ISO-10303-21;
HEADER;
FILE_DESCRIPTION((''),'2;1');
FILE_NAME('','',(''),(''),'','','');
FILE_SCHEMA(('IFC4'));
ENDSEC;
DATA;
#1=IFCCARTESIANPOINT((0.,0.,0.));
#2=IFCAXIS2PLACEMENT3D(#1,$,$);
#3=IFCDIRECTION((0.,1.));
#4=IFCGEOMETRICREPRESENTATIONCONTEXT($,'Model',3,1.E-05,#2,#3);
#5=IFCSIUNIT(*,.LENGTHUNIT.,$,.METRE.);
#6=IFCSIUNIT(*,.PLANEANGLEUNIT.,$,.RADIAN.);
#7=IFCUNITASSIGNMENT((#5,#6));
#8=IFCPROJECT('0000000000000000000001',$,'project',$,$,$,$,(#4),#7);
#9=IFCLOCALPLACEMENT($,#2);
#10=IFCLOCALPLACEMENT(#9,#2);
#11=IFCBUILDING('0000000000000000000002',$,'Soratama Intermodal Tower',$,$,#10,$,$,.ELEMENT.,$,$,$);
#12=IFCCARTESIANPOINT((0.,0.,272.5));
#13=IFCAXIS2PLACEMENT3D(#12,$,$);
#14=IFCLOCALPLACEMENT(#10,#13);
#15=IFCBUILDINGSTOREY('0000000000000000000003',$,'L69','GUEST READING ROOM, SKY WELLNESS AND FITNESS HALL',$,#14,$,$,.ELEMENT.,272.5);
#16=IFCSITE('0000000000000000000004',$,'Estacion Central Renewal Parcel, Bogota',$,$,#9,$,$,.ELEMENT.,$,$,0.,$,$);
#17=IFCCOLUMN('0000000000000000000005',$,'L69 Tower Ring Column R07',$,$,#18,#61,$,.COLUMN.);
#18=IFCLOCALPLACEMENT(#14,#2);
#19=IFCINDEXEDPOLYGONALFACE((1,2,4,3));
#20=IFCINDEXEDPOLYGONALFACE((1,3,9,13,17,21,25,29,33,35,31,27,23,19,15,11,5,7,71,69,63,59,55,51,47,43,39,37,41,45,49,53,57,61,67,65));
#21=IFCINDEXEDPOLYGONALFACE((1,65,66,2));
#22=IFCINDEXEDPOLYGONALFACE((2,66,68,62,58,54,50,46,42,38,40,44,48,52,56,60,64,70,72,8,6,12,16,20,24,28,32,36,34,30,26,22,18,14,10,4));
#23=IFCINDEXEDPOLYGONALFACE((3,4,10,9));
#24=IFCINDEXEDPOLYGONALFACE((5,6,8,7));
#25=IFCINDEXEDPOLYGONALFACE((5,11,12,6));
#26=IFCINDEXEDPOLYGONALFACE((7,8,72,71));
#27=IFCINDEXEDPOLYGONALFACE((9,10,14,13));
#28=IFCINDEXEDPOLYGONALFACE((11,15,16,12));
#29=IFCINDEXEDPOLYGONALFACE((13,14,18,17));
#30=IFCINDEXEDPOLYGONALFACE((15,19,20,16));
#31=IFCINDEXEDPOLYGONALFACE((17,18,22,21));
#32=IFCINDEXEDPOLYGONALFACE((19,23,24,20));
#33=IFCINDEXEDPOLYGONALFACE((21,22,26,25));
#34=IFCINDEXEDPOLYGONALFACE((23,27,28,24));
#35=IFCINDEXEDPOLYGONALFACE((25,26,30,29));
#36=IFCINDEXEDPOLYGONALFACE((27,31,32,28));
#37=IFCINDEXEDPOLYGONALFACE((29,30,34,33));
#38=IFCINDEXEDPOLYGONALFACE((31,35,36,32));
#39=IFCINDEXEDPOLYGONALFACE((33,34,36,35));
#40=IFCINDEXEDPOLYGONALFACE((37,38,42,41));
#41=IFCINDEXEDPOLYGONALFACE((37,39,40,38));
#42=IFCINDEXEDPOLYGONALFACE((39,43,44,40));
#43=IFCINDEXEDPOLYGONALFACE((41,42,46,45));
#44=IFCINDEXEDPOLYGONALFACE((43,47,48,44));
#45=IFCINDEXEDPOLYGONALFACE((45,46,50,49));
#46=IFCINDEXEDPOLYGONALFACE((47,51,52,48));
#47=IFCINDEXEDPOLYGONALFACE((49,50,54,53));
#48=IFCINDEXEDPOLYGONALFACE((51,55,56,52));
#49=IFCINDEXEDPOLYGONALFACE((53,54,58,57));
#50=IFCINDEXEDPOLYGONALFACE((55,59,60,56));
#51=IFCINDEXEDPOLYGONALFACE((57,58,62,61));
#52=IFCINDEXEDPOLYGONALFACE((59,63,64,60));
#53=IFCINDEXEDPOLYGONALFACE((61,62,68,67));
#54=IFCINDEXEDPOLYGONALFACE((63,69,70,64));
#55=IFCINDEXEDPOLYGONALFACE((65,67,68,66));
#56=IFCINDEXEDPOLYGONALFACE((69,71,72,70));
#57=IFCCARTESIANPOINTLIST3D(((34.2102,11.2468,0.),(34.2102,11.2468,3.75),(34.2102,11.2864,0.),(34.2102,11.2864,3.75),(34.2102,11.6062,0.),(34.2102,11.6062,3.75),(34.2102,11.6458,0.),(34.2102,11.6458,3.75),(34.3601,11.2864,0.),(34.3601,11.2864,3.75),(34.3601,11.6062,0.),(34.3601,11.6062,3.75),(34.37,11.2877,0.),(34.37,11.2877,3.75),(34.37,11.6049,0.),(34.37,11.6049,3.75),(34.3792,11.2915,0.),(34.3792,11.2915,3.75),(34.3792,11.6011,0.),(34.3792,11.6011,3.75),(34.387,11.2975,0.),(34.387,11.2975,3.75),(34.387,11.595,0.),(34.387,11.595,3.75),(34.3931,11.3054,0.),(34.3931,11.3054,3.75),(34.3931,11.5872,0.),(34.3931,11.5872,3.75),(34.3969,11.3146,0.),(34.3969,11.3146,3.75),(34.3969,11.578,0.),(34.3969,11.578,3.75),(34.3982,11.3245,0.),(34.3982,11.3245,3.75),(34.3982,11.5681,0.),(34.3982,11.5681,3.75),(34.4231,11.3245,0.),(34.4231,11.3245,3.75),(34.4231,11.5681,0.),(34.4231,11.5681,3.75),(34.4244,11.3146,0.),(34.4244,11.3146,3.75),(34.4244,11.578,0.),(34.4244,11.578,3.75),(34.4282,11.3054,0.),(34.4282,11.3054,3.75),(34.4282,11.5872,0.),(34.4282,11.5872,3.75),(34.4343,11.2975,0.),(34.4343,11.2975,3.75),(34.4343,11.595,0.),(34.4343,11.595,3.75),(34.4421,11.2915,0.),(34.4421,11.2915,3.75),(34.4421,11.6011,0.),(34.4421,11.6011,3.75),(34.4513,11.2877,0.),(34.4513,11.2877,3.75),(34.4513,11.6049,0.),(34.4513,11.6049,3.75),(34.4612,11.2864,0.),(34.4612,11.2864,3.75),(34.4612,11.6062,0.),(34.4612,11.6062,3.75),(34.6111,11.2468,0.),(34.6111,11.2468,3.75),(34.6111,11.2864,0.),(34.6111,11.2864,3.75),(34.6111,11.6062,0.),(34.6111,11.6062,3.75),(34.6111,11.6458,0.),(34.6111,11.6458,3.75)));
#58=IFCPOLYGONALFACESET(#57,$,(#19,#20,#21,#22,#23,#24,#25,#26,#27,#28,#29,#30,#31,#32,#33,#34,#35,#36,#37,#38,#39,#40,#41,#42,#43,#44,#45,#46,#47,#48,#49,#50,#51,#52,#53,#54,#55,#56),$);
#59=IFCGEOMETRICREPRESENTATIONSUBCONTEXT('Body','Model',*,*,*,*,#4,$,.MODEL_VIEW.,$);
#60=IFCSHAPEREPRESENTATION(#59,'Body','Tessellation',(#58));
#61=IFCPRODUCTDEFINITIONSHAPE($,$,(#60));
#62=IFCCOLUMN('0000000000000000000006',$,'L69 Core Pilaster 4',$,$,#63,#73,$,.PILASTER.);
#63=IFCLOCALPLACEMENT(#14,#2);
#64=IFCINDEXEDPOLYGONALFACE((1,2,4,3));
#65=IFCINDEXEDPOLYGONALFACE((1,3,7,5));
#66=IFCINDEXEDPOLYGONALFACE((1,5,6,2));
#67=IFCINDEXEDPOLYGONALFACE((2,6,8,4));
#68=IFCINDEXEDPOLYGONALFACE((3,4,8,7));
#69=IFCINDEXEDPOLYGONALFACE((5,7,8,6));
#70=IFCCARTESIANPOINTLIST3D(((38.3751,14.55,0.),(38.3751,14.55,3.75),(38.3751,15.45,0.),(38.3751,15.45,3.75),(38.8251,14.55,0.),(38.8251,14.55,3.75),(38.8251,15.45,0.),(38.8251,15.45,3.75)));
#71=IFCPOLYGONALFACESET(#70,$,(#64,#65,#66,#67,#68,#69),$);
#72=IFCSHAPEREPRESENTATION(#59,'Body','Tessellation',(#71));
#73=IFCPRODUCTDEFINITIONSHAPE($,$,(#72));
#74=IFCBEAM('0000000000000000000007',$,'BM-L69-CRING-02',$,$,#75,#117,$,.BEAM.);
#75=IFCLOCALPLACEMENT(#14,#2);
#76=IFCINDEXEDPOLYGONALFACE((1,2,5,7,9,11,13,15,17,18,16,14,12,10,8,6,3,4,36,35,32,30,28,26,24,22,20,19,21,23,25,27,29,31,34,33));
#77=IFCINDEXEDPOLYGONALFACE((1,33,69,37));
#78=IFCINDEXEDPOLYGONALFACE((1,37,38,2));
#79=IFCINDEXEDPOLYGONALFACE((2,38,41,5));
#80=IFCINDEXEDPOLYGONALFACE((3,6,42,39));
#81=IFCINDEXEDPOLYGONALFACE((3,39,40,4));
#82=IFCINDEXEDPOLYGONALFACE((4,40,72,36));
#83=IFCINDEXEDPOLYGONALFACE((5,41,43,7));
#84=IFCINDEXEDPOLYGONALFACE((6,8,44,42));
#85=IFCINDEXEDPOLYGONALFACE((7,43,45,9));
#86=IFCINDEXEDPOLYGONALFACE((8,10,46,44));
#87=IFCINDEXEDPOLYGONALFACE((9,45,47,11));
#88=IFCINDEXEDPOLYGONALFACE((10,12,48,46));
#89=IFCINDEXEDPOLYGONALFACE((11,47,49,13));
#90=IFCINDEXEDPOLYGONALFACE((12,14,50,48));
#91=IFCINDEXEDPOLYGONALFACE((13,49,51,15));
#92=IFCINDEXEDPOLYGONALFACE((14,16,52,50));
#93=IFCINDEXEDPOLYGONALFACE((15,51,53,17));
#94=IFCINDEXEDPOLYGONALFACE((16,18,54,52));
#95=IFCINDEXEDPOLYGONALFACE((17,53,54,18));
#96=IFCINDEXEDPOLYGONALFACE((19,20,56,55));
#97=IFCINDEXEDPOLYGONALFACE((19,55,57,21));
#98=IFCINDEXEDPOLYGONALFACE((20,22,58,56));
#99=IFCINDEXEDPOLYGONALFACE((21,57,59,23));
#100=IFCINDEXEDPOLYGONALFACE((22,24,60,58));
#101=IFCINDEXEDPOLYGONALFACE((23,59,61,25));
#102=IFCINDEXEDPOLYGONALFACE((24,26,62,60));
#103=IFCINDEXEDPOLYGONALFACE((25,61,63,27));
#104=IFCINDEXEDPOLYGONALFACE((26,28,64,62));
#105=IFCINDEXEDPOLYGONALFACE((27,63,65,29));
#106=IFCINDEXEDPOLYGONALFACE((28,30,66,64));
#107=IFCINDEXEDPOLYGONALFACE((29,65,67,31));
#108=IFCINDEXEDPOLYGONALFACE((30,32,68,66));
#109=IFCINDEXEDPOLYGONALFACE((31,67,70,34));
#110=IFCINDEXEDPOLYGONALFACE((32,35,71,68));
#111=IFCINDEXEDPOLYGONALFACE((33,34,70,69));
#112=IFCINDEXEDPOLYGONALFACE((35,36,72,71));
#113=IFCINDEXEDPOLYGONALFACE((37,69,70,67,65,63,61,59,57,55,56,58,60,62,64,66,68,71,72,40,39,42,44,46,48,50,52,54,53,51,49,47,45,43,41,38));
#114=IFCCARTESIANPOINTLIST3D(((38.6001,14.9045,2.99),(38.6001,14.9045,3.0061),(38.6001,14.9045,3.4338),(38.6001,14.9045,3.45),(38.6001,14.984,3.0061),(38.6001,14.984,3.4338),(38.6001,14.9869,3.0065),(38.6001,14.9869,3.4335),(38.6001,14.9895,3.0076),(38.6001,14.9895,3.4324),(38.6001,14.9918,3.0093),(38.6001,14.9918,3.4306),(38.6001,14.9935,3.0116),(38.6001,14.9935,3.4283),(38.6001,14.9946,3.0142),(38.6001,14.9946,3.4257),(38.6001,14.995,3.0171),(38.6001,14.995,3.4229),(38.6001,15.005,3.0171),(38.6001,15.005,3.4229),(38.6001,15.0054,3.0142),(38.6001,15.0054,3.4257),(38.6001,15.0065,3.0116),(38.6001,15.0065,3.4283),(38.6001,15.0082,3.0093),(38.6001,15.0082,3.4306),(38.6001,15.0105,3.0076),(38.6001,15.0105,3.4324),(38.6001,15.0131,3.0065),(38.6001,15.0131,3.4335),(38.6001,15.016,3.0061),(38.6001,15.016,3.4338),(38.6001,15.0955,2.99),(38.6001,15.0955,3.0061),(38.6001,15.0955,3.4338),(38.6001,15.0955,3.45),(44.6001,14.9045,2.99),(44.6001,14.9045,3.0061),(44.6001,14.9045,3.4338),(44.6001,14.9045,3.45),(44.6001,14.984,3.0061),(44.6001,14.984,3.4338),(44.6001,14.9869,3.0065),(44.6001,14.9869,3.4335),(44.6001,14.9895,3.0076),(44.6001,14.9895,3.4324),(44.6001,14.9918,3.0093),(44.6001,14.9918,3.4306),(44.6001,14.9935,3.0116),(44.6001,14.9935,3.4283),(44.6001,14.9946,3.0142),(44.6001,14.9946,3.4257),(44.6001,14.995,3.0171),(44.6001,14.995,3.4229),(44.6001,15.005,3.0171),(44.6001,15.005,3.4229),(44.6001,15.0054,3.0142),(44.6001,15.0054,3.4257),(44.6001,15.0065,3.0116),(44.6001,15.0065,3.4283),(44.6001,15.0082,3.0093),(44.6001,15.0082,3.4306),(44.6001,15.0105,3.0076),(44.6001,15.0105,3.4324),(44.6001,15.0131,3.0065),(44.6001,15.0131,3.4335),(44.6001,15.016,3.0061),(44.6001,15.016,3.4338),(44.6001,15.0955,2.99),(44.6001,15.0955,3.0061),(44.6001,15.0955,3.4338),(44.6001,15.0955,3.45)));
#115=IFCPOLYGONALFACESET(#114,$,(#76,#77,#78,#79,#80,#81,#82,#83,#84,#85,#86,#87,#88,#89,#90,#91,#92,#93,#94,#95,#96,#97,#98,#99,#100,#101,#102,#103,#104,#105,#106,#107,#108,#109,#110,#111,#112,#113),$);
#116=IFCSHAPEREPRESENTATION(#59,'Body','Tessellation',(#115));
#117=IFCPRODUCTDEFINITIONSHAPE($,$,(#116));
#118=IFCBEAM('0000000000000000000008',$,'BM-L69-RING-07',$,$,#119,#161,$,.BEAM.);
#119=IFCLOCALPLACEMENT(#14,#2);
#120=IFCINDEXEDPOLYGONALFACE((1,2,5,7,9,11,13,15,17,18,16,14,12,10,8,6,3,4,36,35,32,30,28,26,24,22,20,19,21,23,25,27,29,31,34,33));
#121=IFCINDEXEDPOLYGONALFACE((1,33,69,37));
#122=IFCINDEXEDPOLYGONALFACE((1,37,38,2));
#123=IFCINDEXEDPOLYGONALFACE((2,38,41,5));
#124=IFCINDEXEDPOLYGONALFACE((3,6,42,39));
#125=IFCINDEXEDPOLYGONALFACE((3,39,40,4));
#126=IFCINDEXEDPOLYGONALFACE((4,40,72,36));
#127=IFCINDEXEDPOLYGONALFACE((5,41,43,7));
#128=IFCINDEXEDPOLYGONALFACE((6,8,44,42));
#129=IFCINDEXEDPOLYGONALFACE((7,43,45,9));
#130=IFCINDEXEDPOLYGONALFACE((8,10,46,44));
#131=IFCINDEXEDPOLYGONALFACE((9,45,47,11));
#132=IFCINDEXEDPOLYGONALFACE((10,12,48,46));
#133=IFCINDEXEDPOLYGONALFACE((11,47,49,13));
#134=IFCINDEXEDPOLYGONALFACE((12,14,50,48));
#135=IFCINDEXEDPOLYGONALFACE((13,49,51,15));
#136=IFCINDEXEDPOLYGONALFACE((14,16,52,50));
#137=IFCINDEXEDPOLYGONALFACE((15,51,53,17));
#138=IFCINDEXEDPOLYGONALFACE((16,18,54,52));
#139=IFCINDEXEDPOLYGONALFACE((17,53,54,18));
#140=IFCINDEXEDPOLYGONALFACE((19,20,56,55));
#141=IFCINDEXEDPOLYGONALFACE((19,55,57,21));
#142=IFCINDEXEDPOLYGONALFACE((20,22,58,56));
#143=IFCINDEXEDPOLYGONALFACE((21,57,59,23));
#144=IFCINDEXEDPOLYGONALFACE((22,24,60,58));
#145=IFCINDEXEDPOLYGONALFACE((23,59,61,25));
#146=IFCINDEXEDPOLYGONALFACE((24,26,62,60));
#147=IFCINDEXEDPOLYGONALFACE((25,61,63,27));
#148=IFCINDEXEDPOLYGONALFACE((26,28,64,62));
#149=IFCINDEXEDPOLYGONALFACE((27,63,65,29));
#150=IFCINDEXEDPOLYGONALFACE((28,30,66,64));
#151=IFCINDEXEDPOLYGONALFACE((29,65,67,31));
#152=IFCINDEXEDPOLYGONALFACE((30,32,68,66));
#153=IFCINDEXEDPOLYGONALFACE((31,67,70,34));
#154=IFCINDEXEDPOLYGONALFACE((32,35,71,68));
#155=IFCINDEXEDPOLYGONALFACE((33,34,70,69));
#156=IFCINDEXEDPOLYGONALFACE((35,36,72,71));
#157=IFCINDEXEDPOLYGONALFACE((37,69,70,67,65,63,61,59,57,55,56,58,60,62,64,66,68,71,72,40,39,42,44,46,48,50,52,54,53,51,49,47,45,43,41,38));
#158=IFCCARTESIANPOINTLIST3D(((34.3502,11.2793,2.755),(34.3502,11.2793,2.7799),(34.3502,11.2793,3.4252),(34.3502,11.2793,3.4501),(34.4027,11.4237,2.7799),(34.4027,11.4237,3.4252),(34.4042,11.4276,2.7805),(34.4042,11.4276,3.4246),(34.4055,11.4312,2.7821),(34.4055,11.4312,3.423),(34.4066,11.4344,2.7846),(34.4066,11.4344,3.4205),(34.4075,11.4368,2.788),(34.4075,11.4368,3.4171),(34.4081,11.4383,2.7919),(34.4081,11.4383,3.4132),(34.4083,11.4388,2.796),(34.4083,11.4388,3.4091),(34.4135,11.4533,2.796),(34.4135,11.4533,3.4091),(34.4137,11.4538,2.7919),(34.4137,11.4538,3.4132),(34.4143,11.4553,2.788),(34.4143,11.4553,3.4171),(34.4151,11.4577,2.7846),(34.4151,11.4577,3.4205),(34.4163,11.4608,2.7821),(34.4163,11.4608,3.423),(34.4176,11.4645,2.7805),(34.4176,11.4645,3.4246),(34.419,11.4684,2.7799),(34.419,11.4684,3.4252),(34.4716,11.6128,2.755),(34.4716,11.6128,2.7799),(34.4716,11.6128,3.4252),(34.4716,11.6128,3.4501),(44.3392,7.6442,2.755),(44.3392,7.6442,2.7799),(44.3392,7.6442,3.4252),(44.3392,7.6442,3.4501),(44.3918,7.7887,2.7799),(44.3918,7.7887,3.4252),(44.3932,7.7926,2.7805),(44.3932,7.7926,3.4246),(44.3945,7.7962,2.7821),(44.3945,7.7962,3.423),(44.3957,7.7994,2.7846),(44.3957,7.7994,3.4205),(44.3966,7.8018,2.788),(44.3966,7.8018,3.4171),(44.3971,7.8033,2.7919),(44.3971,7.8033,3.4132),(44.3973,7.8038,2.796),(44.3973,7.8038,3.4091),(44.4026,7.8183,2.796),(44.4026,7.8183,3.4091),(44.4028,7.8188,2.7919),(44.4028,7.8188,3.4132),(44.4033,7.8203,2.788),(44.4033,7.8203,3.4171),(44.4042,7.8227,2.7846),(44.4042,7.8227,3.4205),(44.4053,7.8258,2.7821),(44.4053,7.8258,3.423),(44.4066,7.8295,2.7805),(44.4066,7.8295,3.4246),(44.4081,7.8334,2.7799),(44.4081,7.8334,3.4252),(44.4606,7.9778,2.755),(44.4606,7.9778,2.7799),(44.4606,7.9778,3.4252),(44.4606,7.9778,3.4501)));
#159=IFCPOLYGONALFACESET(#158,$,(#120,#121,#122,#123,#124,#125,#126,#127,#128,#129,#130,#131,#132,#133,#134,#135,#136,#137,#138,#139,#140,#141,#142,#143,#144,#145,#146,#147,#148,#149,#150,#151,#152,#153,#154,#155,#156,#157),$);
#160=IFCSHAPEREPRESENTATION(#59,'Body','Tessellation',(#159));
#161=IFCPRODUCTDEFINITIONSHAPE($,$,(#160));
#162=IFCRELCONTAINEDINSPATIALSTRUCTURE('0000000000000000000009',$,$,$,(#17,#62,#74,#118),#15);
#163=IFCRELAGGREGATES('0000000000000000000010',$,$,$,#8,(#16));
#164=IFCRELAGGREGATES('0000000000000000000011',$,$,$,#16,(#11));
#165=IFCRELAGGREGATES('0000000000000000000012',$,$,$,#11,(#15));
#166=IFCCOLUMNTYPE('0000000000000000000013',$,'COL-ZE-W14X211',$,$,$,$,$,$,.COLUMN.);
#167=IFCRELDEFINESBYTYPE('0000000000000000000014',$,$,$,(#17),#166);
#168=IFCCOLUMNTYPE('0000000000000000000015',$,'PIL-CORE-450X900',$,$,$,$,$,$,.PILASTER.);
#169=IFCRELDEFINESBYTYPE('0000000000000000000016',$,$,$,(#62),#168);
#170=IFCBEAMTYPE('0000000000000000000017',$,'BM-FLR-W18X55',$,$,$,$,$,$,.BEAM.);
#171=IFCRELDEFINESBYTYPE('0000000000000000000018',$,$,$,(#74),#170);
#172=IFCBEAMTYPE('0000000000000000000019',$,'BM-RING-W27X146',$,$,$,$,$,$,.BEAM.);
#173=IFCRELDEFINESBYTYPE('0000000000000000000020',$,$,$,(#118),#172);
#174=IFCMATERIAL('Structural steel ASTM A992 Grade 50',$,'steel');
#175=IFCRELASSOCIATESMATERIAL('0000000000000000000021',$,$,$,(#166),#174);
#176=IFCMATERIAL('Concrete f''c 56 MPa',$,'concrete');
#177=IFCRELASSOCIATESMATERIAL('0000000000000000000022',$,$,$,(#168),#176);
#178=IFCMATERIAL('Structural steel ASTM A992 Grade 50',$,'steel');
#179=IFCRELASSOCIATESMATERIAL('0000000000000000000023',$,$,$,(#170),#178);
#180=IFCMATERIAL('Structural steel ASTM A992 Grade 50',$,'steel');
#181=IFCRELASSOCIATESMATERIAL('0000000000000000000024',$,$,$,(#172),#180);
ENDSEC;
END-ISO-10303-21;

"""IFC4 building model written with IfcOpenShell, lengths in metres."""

from ifc_helpers import new_model, si_unit, direction, frame, origin, origin_2d, place, context, subcontext, project, spatial, rectangle, i_section, extrude, material, material_profile, profile_set, type_object, element, save


model = new_model("IFC4")

# Units and contexts
model_context = context("Model", 3, precision=1e-05, world=origin(), true_north=direction((0.0, 1.0)))
body_context = subcontext(model_context, "Body", "Model", "MODEL_VIEW")
ifc_project = project(units=[si_unit("LENGTHUNIT", "METRE"), si_unit("PLANEANGLEUNIT", "RADIAN")], contexts=[model_context])

# Site, building, storey
site_placement = place(None, origin())
site = spatial("IfcSite", under=ifc_project, at=site_placement, Name="Estacion Central Renewal Parcel, Bogota", CompositionType="ELEMENT", RefElevation=0.0)
building_placement = place(site_placement, origin())
building = spatial("IfcBuilding", under=site, at=building_placement, Name="Soratama Intermodal Tower", CompositionType="ELEMENT")
storey_placement = place(building_placement, frame((0.0, 0.0, 272.5)))
storey = spatial("IfcBuildingStorey", under=building, at=storey_placement, Name="L69", Description="GUEST READING ROOM, SKY WELLNESS AND FITNESS HALL", CompositionType="ELEMENT", Elevation=272.5)

# Columns
ifc_material_1 = material(Name="Structural steel ASTM A992 Grade 50", Category="steel")
ifc_material_profile_1 = material_profile(ifc_material_1, i_section(OverallWidth=0.4009, OverallDepth=0.3989, WebThickness=0.0249, FlangeThickness=0.0396, FilletRadius=0.0381, at=origin_2d()), Name="W14X211")
ifc_profile_set_1 = profile_set([ifc_material_profile_1], Name="Structural steel ASTM A992 Grade 50")
column_type_1 = type_object("IfcColumnType", Name="COL-ZE-W14X211", PredefinedType="COLUMN", material=ifc_profile_set_1)
column_1_placement = place(storey_placement, frame((34.4106, 11.4463, 0.0), z_axis=(0.0, 0.0, 1.0), x_axis=(1.0, 0.0, 0.0)))
element("IfcColumn", 1, at=column_1_placement, inside=storey, type_object=column_type_1, Name="L69 Tower Ring Column R07", PredefinedType="COLUMN", context=body_context, shape_type="SweptSolid", body=[
    extrude(i_section(OverallWidth=0.4009, OverallDepth=0.3989, WebThickness=0.0249, FlangeThickness=0.0396, FilletRadius=0.0381, at=origin_2d()), origin(), (0.0, 0.0, 1.0), 3.75),
])
ifc_material_2 = material(Name="Concrete f'c 56 MPa", Category="concrete")
ifc_material_profile_2 = material_profile(ifc_material_2, rectangle(XDim=0.45, YDim=0.8999, at=origin_2d()), Name="RC450X900")
ifc_profile_set_2 = profile_set([ifc_material_profile_2], Name="Concrete f'c 56 MPa")
column_type_2 = type_object("IfcColumnType", Name="PIL-CORE-450X900", PredefinedType="PILASTER", material=ifc_profile_set_2)
column_2_placement = place(storey_placement, frame((38.6001, 15.0, 0.0), z_axis=(0.0, 0.0, 1.0), x_axis=(1.0, 0.0, 0.0)))
element("IfcColumn", 2, at=column_2_placement, inside=storey, type_object=column_type_2, Name="L69 Core Pilaster 4", PredefinedType="PILASTER", context=body_context, shape_type="SweptSolid", body=[
    extrude(rectangle(XDim=0.45, YDim=0.8999, at=origin_2d()), origin(), (0.0, 0.0, 1.0), 3.75),
])

# Beams
ifc_material_3 = material(Name="Structural steel ASTM A992 Grade 50", Category="steel")
ifc_material_profile_3 = material_profile(ifc_material_3, i_section(OverallWidth=0.1909, OverallDepth=0.46, WebThickness=0.01, FlangeThickness=0.0161, FilletRadius=0.011, at=origin_2d()), Name="W18X55")
ifc_profile_set_3 = profile_set([ifc_material_profile_3], Name="Structural steel ASTM A992 Grade 50")
beam_type_1 = type_object("IfcBeamType", Name="BM-FLR-W18X55", PredefinedType="BEAM", material=ifc_profile_set_3)
beam_1_placement = place(storey_placement, frame((38.6001, 15.0, 3.22), z_axis=(1.0, 0.0, 0.0), x_axis=(0.0, 1.0, 0.0)))
element("IfcBeam", 3, at=beam_1_placement, inside=storey, type_object=beam_type_1, Name="BM-L69-CRING-02", PredefinedType="BEAM", context=body_context, shape_type="SweptSolid", body=[
    extrude(i_section(OverallWidth=0.1909, OverallDepth=0.46, WebThickness=0.01, FlangeThickness=0.0161, FilletRadius=0.011, at=origin_2d()), origin(), (0.0, 0.0, 1.0), 6.0),
])
ifc_material_4 = material(Name="Structural steel ASTM A992 Grade 50", Category="steel")
ifc_material_profile_4 = material_profile(ifc_material_4, i_section(OverallWidth=0.355, OverallDepth=0.6951, WebThickness=0.0154, FlangeThickness=0.0249, FilletRadius=0.0161, at=origin_2d()), Name="W27X146")
ifc_profile_set_4 = profile_set([ifc_material_profile_4], Name="Structural steel ASTM A992 Grade 50")
beam_type_2 = type_object("IfcBeamType", Name="BM-RING-W27X146", PredefinedType="BEAM", material=ifc_profile_set_4)
beam_2_placement = place(storey_placement, frame((34.4109, 11.446, 3.1025), z_axis=(0.939714, -0.341963, 0.0), x_axis=(0.341963, 0.939714, 0.0)))
element("IfcBeam", 4, at=beam_2_placement, inside=storey, type_object=beam_type_2, Name="BM-L69-RING-07", PredefinedType="BEAM", context=body_context, shape_type="SweptSolid", body=[
    extrude(i_section(OverallWidth=0.355, OverallDepth=0.6951, WebThickness=0.0154, FlangeThickness=0.0249, FilletRadius=0.0161, at=origin_2d()), origin(), (0.0, 0.0, 1.0), 10.6299),
])

save(model, "model.ifc")
